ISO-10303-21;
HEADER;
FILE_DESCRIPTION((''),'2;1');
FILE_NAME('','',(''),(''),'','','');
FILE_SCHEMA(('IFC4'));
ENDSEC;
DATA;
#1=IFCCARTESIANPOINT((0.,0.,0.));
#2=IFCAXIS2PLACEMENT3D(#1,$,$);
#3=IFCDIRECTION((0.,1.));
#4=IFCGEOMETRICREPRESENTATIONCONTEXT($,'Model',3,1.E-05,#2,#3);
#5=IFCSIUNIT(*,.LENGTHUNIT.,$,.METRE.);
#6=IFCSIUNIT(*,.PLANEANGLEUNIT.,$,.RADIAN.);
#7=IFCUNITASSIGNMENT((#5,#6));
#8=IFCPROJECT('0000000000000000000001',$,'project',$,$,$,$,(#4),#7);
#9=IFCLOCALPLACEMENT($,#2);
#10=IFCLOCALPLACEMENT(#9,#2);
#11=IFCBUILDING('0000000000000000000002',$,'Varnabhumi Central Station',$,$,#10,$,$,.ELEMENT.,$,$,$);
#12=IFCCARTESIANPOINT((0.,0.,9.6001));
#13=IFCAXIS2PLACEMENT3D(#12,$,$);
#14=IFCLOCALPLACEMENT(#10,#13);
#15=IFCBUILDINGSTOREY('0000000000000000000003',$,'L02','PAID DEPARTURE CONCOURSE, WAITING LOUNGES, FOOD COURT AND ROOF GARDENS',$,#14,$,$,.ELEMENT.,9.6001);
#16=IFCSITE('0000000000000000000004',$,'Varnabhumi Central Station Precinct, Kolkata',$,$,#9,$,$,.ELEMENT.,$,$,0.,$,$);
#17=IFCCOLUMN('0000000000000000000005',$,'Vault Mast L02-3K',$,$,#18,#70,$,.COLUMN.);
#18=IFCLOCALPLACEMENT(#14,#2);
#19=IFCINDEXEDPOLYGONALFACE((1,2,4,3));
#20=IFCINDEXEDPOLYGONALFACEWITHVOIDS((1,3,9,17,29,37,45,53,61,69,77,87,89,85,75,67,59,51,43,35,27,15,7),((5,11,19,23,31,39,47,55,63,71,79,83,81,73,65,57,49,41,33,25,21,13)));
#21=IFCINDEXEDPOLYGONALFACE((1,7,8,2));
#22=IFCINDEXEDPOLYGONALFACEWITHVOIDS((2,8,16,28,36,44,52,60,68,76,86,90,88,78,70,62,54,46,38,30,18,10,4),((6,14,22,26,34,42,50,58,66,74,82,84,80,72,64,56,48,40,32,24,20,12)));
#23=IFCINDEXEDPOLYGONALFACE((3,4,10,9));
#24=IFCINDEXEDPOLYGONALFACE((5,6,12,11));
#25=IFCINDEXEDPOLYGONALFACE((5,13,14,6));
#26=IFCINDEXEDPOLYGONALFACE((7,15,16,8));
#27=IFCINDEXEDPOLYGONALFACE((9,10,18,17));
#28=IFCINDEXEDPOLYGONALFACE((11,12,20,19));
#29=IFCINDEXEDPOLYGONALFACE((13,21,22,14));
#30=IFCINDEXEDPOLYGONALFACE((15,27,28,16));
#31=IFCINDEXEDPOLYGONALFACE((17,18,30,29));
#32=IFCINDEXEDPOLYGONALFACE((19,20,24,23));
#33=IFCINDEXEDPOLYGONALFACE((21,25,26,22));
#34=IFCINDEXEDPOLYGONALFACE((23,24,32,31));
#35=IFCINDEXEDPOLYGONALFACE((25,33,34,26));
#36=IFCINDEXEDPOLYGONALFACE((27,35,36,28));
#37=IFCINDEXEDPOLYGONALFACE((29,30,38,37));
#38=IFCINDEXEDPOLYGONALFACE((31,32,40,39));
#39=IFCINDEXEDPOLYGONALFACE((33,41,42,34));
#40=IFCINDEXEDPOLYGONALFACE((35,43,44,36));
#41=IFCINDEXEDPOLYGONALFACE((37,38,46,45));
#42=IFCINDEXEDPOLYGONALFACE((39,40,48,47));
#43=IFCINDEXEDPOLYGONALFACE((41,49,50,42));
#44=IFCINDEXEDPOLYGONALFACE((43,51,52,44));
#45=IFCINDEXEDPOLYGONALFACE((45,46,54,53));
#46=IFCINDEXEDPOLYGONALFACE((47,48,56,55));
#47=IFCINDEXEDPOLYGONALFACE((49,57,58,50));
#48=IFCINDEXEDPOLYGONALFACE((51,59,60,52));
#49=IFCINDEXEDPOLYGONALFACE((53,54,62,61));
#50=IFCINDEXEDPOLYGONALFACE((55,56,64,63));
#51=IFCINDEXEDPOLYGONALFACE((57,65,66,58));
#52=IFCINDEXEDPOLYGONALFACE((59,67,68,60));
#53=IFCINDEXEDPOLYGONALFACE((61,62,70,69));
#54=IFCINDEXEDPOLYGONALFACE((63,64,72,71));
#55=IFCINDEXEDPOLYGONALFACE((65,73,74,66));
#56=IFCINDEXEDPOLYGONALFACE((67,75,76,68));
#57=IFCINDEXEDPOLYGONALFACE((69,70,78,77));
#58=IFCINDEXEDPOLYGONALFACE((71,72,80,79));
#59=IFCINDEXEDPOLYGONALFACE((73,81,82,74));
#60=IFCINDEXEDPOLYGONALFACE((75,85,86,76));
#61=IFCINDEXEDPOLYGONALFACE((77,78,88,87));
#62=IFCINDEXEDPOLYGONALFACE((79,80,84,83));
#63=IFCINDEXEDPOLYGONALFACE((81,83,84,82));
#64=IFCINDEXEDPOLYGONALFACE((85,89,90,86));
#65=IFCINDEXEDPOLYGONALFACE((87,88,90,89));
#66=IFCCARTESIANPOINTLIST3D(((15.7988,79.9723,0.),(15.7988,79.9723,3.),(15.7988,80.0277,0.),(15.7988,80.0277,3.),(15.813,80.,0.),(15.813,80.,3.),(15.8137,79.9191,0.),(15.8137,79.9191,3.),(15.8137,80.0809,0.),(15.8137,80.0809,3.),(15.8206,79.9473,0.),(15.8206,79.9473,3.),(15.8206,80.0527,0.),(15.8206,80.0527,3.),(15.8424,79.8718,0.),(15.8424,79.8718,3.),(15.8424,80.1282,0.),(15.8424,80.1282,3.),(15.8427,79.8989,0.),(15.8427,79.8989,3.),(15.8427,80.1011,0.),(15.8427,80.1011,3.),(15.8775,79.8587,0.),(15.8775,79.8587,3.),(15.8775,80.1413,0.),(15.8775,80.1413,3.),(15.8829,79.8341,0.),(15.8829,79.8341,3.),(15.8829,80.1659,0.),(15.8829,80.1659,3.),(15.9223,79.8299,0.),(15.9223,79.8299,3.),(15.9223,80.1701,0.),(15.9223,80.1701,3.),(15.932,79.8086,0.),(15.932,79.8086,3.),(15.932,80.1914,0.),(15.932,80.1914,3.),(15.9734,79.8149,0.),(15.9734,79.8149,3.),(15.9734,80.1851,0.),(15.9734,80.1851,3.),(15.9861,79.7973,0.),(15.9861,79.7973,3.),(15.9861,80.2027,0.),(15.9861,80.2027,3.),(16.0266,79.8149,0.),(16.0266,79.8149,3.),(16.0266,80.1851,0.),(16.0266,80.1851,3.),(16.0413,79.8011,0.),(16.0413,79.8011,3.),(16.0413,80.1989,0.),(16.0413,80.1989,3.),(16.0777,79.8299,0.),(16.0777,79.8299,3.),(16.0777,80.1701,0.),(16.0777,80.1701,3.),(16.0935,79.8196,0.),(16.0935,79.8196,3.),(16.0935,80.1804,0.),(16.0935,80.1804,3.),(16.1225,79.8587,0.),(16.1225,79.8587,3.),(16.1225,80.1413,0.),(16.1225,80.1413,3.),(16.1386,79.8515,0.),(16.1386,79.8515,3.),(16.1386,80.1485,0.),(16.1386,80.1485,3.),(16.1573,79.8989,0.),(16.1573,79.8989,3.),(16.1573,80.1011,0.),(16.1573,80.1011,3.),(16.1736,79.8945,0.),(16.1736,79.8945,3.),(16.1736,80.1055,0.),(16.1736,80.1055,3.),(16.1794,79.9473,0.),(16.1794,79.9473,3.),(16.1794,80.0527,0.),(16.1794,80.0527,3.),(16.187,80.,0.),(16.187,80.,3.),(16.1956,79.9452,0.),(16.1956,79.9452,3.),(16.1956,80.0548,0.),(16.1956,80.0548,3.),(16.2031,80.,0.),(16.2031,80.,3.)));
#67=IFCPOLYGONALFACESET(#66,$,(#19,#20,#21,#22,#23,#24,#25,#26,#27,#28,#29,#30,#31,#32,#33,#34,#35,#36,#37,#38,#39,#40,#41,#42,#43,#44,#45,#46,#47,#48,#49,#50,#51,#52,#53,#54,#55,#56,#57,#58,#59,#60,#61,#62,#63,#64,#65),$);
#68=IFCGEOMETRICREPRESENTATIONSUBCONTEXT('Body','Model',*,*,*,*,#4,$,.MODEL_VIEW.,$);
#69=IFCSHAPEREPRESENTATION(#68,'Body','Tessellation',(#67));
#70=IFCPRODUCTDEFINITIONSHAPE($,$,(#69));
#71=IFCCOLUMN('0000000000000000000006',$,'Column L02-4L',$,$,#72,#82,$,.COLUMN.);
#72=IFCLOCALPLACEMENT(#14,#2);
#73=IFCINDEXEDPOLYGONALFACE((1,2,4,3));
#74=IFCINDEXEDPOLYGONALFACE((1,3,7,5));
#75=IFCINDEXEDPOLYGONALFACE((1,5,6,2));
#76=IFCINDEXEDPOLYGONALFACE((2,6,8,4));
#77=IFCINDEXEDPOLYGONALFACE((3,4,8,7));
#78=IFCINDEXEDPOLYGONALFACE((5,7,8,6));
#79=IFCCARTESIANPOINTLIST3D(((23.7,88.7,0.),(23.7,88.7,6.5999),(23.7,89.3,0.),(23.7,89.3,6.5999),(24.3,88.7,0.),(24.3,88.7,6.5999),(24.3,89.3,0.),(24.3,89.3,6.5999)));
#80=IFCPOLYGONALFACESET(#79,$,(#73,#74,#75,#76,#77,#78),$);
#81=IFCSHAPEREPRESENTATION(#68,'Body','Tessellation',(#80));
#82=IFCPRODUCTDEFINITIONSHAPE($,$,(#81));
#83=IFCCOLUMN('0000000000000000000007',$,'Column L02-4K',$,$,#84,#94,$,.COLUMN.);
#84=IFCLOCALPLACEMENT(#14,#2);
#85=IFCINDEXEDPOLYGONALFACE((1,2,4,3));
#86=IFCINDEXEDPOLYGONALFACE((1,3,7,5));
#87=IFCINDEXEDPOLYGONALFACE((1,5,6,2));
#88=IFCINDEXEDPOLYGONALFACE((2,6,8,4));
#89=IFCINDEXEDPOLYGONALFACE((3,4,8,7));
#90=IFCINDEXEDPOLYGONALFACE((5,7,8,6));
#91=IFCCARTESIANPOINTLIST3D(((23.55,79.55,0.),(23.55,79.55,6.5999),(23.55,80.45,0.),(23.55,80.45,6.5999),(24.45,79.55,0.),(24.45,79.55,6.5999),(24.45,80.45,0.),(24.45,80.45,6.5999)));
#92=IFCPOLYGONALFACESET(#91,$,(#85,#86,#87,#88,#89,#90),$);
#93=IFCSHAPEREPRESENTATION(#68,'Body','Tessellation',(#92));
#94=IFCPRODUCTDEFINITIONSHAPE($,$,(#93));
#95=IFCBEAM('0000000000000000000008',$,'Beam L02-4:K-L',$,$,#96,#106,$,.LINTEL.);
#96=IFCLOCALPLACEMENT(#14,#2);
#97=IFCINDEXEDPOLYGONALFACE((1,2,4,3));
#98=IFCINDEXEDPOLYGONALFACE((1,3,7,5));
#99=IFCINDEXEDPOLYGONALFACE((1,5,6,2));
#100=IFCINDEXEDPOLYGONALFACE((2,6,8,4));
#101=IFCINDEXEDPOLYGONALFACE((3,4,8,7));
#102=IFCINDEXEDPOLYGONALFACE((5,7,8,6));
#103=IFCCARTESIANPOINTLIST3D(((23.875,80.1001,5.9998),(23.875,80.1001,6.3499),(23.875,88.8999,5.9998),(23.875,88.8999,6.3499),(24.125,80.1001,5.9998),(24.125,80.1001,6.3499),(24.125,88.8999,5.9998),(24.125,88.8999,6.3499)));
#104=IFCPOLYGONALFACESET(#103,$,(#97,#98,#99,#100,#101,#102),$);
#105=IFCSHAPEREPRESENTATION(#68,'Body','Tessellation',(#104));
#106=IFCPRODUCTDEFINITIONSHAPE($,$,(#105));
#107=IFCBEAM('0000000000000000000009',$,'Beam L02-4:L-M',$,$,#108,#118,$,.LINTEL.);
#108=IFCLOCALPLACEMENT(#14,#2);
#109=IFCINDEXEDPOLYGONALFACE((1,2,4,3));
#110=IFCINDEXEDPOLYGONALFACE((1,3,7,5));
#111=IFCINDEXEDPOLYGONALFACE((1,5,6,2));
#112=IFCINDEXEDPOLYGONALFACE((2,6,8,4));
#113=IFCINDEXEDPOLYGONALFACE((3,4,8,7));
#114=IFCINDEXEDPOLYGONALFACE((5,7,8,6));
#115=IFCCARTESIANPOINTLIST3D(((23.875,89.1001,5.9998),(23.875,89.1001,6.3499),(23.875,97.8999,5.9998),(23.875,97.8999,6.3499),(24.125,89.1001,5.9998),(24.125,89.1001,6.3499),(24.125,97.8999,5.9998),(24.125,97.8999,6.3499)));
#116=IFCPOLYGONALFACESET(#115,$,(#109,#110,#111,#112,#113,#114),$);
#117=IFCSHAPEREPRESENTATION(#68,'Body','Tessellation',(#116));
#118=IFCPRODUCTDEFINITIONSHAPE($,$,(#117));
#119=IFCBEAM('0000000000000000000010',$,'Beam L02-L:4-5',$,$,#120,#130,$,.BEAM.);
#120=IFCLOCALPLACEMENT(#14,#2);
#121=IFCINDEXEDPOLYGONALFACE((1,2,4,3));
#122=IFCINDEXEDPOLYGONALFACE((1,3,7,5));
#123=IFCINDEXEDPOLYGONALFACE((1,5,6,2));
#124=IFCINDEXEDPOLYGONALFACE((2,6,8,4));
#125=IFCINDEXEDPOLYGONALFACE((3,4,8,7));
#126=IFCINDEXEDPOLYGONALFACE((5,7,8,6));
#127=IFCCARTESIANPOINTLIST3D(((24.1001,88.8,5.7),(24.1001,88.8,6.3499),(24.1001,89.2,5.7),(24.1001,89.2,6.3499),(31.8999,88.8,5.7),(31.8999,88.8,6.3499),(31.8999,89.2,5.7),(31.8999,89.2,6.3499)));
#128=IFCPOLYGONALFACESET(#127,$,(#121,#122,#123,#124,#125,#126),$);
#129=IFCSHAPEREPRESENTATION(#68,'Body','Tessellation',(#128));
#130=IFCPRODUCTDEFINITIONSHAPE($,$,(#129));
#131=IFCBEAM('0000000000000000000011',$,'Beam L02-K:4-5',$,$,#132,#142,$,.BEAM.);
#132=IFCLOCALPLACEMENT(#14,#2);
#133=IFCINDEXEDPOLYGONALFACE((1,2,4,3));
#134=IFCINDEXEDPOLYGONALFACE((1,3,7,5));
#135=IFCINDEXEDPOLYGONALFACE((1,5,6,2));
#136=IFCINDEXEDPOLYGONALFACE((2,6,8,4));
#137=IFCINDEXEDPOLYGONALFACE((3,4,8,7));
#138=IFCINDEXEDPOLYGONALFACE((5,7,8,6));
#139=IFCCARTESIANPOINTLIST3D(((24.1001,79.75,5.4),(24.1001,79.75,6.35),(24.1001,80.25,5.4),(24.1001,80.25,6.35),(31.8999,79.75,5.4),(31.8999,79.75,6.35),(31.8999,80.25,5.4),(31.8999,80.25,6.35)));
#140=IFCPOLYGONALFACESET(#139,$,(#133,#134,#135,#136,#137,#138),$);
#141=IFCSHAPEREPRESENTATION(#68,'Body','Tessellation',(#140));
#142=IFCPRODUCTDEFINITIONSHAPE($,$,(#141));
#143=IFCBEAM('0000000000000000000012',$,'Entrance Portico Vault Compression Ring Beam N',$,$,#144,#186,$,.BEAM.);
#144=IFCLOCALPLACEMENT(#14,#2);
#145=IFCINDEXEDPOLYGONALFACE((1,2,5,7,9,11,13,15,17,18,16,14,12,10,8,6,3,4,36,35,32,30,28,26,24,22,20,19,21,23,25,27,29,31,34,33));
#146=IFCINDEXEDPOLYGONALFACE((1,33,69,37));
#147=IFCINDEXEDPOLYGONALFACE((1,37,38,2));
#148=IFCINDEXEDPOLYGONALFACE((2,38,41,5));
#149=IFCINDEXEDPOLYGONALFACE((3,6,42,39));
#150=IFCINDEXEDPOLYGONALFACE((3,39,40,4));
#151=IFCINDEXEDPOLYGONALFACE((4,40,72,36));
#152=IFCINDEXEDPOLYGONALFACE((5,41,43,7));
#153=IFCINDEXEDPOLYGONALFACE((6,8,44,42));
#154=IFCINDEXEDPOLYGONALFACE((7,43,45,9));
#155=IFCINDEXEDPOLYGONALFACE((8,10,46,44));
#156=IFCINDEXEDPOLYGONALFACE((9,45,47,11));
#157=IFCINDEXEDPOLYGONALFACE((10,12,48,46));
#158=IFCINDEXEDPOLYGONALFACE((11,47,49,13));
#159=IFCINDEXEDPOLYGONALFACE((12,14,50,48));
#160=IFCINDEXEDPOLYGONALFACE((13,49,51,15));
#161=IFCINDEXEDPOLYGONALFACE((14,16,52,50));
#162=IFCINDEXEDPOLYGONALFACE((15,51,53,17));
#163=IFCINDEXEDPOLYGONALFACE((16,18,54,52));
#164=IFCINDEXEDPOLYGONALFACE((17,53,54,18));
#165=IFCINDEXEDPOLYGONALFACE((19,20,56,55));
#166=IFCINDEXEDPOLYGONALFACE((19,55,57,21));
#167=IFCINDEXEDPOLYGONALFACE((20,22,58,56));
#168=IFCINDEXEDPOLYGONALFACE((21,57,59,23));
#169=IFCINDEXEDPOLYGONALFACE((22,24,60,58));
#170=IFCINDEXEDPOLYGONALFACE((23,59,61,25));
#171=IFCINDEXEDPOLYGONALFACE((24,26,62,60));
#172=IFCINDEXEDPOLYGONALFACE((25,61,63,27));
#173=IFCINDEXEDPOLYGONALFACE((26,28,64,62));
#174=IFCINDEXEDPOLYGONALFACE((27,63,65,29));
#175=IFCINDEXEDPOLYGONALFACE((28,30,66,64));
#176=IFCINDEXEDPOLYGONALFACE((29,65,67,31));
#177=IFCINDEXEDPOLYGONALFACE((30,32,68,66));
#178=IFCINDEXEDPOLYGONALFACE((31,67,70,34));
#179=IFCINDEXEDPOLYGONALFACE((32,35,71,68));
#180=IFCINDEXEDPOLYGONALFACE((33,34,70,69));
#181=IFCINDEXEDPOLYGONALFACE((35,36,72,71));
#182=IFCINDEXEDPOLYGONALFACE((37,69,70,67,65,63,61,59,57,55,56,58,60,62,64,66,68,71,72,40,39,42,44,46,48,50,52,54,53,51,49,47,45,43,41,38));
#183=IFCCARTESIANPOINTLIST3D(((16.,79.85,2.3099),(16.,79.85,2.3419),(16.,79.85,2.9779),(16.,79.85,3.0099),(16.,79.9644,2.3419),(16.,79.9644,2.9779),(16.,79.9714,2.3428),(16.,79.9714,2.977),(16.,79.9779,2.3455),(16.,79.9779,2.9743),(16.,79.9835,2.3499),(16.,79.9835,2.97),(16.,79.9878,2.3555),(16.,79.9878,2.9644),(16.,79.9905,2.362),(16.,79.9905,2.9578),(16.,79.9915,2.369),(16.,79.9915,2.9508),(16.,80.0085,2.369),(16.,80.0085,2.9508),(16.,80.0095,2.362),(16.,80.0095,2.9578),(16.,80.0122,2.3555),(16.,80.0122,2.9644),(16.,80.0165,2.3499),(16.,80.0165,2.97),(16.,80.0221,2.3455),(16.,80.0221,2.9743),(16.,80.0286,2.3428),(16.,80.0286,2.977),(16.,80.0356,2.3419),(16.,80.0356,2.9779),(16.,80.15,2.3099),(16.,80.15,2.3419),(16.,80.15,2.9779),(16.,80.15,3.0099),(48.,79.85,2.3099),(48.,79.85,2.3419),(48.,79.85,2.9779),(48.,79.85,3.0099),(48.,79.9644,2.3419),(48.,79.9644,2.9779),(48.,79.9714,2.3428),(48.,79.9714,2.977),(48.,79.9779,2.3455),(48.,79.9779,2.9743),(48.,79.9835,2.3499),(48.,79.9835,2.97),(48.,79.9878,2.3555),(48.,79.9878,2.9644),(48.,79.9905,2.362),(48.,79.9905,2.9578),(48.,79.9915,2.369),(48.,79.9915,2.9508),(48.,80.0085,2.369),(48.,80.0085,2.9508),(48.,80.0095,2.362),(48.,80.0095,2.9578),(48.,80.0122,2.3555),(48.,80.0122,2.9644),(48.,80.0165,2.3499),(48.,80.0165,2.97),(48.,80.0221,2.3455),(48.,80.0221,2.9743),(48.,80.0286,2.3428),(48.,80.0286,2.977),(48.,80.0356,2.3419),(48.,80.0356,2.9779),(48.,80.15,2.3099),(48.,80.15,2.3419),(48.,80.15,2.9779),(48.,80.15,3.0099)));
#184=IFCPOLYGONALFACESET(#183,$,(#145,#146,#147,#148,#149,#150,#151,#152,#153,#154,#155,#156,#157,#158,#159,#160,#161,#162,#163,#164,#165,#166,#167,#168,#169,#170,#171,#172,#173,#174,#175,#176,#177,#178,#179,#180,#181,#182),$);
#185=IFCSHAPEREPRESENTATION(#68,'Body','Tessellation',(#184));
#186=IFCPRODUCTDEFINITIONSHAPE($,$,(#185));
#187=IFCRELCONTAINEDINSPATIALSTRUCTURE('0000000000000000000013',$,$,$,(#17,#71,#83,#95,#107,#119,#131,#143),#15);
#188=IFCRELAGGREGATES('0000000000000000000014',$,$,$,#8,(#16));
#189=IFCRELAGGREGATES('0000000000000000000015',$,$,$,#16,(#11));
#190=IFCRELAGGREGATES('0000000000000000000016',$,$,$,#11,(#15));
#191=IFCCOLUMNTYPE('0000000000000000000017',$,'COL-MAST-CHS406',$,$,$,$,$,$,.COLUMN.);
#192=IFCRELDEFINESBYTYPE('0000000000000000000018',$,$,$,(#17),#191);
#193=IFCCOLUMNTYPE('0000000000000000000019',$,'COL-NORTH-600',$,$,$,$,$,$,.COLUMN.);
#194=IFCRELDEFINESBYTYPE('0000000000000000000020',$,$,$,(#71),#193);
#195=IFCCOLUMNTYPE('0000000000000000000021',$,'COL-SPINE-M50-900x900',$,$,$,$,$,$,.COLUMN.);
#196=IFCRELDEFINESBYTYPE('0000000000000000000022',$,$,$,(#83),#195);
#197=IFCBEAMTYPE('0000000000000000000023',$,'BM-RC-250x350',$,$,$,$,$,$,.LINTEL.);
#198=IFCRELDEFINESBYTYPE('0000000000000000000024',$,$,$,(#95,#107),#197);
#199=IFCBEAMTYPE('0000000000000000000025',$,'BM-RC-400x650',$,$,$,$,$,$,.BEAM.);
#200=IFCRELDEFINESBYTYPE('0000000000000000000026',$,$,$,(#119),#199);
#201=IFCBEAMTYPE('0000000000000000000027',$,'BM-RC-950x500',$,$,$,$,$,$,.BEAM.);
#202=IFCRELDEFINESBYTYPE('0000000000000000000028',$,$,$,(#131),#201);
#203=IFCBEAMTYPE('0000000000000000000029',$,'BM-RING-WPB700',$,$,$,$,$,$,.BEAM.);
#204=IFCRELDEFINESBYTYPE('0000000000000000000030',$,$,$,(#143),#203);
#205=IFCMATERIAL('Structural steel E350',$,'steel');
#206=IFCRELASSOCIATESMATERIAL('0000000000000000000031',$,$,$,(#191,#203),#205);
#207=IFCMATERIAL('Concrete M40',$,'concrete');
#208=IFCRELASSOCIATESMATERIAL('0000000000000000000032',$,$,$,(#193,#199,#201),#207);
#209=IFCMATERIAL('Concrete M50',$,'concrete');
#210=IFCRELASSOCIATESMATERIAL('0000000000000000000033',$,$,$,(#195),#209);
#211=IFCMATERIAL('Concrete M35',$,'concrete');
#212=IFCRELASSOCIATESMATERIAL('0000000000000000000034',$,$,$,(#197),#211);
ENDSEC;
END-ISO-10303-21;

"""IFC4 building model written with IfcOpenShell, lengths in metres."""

from ifc_helpers import new_model, si_unit, direction, frame, origin, origin_2d, place, context, subcontext, project, spatial, rectangle, hollow_circle, i_section, extrude, material, material_profile, profile_set, type_object, element, save


model = new_model("IFC4")

# Units and contexts
model_context = context("Model", 3, precision=1e-05, world=origin(), true_north=direction((0.0, 1.0)))
body_context = subcontext(model_context, "Body", "Model", "MODEL_VIEW")
ifc_project = project(units=[si_unit("LENGTHUNIT", "METRE"), si_unit("PLANEANGLEUNIT", "RADIAN")], contexts=[model_context])

# Site, building, storey
site_placement = place(None, origin())
site = spatial("IfcSite", under=ifc_project, at=site_placement, Name="Varnabhumi Central Station Precinct, Kolkata", CompositionType="ELEMENT", RefElevation=0.0)
building_placement = place(site_placement, origin())
building = spatial("IfcBuilding", under=site, at=building_placement, Name="Varnabhumi Central Station", CompositionType="ELEMENT")
storey_placement = place(building_placement, frame((0.0, 0.0, 9.6001)))
storey = spatial("IfcBuildingStorey", under=building, at=storey_placement, Name="L02", Description="PAID DEPARTURE CONCOURSE, WAITING LOUNGES, FOOD COURT AND ROOF GARDENS", CompositionType="ELEMENT", Elevation=9.6001)

# Columns
ifc_material_1 = material(Name="Structural steel E350", Category="steel")
ifc_material_profile_1 = material_profile(ifc_material_1, hollow_circle(Radius=0.2031, WallThickness=0.0161, at=origin_2d()), Name="Structural steel E350", Category="steel")
ifc_profile_set_1 = profile_set([ifc_material_profile_1], Name="Structural steel E350")
column_type_1 = type_object("IfcColumnType", Name="COL-MAST-CHS406", PredefinedType="COLUMN", material=ifc_profile_set_1)
column_1_placement = place(storey_placement, frame((16.0, 80.0, 0.0), z_axis=(0.0, 0.0, 1.0), x_axis=(1.0, 0.0, 0.0)))
element("IfcColumn", 1, at=column_1_placement, inside=storey, type_object=column_type_1, Name="Vault Mast L02-3K", PredefinedType="COLUMN", context=body_context, shape_type="SweptSolid", body=[
    extrude(hollow_circle(Radius=0.2031, WallThickness=0.0161, at=origin_2d()), origin(), (0.0, 0.0, 1.0), 3.0),
])
ifc_material_2 = material(Name="Concrete M40", Category="concrete")
ifc_material_profile_2 = material_profile(ifc_material_2, rectangle(XDim=0.6001, YDim=0.6001, at=origin_2d()), Name="Concrete M40", Category="concrete")
ifc_profile_set_2 = profile_set([ifc_material_profile_2], Name="Concrete M40")
column_type_2 = type_object("IfcColumnType", Name="COL-NORTH-600", PredefinedType="COLUMN", material=ifc_profile_set_2)
column_2_placement = place(storey_placement, frame((24.0, 89.0, 0.0), z_axis=(0.0, 0.0, 1.0), x_axis=(1.0, 0.0, 0.0)))
element("IfcColumn", 2, at=column_2_placement, inside=storey, type_object=column_type_2, Name="Column L02-4L", PredefinedType="COLUMN", context=body_context, shape_type="SweptSolid", body=[
    extrude(rectangle(XDim=0.6001, YDim=0.6001, at=origin_2d()), origin(), (0.0, 0.0, 1.0), 6.5999),
])
ifc_material_3 = material(Name="Concrete M50", Category="concrete")
ifc_material_profile_3 = material_profile(ifc_material_3, rectangle(XDim=0.8999, YDim=0.8999, at=origin_2d()), Name="Concrete M50", Category="concrete")
ifc_profile_set_3 = profile_set([ifc_material_profile_3], Name="Concrete M50")
column_type_3 = type_object("IfcColumnType", Name="COL-SPINE-M50-900x900", PredefinedType="COLUMN", material=ifc_profile_set_3)
column_3_placement = place(storey_placement, frame((24.0, 80.0, 0.0), z_axis=(0.0, 0.0, 1.0), x_axis=(1.0, 0.0, 0.0)))
element("IfcColumn", 3, at=column_3_placement, inside=storey, type_object=column_type_3, Name="Column L02-4K", PredefinedType="COLUMN", context=body_context, shape_type="SweptSolid", body=[
    extrude(rectangle(XDim=0.8999, YDim=0.8999, at=origin_2d()), origin(), (0.0, 0.0, 1.0), 6.5999),
])

# Beams
ifc_material_4 = material(Name="Concrete M35", Category="concrete")
ifc_material_profile_4 = material_profile(ifc_material_4, rectangle(XDim=0.25, YDim=0.3501, at=origin_2d()), Name="Concrete M35", Category="concrete")
ifc_profile_set_4 = profile_set([ifc_material_profile_4], Name="Concrete M35")
beam_type_1 = type_object("IfcBeamType", Name="BM-RC-250x350", PredefinedType="LINTEL", material=ifc_profile_set_4)
for number, where, z_axis, x_axis, name in (
    (4, (24.0, 80.1001, 6.1748), (0.0, 1.0, 0.0), (-1.0, 0.0, 0.0), "Beam L02-4:K-L"),
    (5, (24.0, 89.1001, 6.1748), (0.0, 1.0, 0.0), (-1.0, 0.0, 0.0), "Beam L02-4:L-M"),
):
    element("IfcBeam", number, at=place(storey_placement, frame(where, z_axis=z_axis, x_axis=x_axis)), inside=storey, type_object=beam_type_1, Name=name, PredefinedType="LINTEL", context=body_context, shape_type="SweptSolid", body=[
        extrude(rectangle(XDim=0.25, YDim=0.3501, at=origin_2d()), origin(), (0.0, 0.0, 1.0), 8.7998),
    ])
ifc_material_profile_5 = material_profile(ifc_material_2, rectangle(XDim=0.3999, YDim=0.6499, at=origin_2d()), Name="Concrete M40", Category="concrete")
ifc_profile_set_5 = profile_set([ifc_material_profile_5], Name="Concrete M40")
beam_type_2 = type_object("IfcBeamType", Name="BM-RC-400x650", PredefinedType="BEAM", material=ifc_profile_set_5)
beam_1_placement = place(storey_placement, frame((24.1001, 89.0, 6.0249), z_axis=(1.0, 0.0, 0.0), x_axis=(0.0, 1.0, 0.0)))
element("IfcBeam", 6, at=beam_1_placement, inside=storey, type_object=beam_type_2, Name="Beam L02-L:4-5", PredefinedType="BEAM", context=body_context, shape_type="SweptSolid", body=[
    extrude(rectangle(XDim=0.3999, YDim=0.6499, at=origin_2d()), origin(), (0.0, 0.0, 1.0), 7.7998),
])
ifc_material_profile_6 = material_profile(ifc_material_2, rectangle(XDim=0.5, YDim=0.95, at=origin_2d()), Name="Concrete M40", Category="concrete")
ifc_profile_set_6 = profile_set([ifc_material_profile_6], Name="Concrete M40")
beam_type_3 = type_object("IfcBeamType", Name="BM-RC-950x500", PredefinedType="BEAM", material=ifc_profile_set_6)
beam_2_placement = place(storey_placement, frame((24.1001, 80.0, 5.875), z_axis=(1.0, 0.0, 0.0), x_axis=(0.0, 1.0, 0.0)))
element("IfcBeam", 7, at=beam_2_placement, inside=storey, type_object=beam_type_3, Name="Beam L02-K:4-5", PredefinedType="BEAM", context=body_context, shape_type="SweptSolid", body=[
    extrude(rectangle(XDim=0.5, YDim=0.95, at=origin_2d()), origin(), (0.0, 0.0, 1.0), 7.7998),
])
ifc_material_profile_7 = material_profile(ifc_material_1, i_section(OverallWidth=0.3, OverallDepth=0.7, WebThickness=0.0171, FlangeThickness=0.032, FilletRadius=0.0271, at=origin_2d()), Name="Structural steel E350", Category="steel")
ifc_profile_set_7 = profile_set([ifc_material_profile_7], Name="Structural steel E350")
beam_type_4 = type_object("IfcBeamType", Name="BM-RING-WPB700", PredefinedType="BEAM", material=ifc_profile_set_7)
beam_3_placement = place(storey_placement, frame((16.0, 80.0, 2.6599), z_axis=(1.0, 0.0, 0.0), x_axis=(0.0, 1.0, 0.0)))
element("IfcBeam", 8, at=beam_3_placement, inside=storey, type_object=beam_type_4, Name="Entrance Portico Vault Compression Ring Beam N", PredefinedType="BEAM", context=body_context, shape_type="SweptSolid", body=[
    extrude(i_section(OverallWidth=0.3, OverallDepth=0.7, WebThickness=0.0171, FlangeThickness=0.032, FilletRadius=0.0271, at=origin_2d()), origin(), (0.0, 0.0, 1.0), 32.0),
])

save(model, "model.ifc")
